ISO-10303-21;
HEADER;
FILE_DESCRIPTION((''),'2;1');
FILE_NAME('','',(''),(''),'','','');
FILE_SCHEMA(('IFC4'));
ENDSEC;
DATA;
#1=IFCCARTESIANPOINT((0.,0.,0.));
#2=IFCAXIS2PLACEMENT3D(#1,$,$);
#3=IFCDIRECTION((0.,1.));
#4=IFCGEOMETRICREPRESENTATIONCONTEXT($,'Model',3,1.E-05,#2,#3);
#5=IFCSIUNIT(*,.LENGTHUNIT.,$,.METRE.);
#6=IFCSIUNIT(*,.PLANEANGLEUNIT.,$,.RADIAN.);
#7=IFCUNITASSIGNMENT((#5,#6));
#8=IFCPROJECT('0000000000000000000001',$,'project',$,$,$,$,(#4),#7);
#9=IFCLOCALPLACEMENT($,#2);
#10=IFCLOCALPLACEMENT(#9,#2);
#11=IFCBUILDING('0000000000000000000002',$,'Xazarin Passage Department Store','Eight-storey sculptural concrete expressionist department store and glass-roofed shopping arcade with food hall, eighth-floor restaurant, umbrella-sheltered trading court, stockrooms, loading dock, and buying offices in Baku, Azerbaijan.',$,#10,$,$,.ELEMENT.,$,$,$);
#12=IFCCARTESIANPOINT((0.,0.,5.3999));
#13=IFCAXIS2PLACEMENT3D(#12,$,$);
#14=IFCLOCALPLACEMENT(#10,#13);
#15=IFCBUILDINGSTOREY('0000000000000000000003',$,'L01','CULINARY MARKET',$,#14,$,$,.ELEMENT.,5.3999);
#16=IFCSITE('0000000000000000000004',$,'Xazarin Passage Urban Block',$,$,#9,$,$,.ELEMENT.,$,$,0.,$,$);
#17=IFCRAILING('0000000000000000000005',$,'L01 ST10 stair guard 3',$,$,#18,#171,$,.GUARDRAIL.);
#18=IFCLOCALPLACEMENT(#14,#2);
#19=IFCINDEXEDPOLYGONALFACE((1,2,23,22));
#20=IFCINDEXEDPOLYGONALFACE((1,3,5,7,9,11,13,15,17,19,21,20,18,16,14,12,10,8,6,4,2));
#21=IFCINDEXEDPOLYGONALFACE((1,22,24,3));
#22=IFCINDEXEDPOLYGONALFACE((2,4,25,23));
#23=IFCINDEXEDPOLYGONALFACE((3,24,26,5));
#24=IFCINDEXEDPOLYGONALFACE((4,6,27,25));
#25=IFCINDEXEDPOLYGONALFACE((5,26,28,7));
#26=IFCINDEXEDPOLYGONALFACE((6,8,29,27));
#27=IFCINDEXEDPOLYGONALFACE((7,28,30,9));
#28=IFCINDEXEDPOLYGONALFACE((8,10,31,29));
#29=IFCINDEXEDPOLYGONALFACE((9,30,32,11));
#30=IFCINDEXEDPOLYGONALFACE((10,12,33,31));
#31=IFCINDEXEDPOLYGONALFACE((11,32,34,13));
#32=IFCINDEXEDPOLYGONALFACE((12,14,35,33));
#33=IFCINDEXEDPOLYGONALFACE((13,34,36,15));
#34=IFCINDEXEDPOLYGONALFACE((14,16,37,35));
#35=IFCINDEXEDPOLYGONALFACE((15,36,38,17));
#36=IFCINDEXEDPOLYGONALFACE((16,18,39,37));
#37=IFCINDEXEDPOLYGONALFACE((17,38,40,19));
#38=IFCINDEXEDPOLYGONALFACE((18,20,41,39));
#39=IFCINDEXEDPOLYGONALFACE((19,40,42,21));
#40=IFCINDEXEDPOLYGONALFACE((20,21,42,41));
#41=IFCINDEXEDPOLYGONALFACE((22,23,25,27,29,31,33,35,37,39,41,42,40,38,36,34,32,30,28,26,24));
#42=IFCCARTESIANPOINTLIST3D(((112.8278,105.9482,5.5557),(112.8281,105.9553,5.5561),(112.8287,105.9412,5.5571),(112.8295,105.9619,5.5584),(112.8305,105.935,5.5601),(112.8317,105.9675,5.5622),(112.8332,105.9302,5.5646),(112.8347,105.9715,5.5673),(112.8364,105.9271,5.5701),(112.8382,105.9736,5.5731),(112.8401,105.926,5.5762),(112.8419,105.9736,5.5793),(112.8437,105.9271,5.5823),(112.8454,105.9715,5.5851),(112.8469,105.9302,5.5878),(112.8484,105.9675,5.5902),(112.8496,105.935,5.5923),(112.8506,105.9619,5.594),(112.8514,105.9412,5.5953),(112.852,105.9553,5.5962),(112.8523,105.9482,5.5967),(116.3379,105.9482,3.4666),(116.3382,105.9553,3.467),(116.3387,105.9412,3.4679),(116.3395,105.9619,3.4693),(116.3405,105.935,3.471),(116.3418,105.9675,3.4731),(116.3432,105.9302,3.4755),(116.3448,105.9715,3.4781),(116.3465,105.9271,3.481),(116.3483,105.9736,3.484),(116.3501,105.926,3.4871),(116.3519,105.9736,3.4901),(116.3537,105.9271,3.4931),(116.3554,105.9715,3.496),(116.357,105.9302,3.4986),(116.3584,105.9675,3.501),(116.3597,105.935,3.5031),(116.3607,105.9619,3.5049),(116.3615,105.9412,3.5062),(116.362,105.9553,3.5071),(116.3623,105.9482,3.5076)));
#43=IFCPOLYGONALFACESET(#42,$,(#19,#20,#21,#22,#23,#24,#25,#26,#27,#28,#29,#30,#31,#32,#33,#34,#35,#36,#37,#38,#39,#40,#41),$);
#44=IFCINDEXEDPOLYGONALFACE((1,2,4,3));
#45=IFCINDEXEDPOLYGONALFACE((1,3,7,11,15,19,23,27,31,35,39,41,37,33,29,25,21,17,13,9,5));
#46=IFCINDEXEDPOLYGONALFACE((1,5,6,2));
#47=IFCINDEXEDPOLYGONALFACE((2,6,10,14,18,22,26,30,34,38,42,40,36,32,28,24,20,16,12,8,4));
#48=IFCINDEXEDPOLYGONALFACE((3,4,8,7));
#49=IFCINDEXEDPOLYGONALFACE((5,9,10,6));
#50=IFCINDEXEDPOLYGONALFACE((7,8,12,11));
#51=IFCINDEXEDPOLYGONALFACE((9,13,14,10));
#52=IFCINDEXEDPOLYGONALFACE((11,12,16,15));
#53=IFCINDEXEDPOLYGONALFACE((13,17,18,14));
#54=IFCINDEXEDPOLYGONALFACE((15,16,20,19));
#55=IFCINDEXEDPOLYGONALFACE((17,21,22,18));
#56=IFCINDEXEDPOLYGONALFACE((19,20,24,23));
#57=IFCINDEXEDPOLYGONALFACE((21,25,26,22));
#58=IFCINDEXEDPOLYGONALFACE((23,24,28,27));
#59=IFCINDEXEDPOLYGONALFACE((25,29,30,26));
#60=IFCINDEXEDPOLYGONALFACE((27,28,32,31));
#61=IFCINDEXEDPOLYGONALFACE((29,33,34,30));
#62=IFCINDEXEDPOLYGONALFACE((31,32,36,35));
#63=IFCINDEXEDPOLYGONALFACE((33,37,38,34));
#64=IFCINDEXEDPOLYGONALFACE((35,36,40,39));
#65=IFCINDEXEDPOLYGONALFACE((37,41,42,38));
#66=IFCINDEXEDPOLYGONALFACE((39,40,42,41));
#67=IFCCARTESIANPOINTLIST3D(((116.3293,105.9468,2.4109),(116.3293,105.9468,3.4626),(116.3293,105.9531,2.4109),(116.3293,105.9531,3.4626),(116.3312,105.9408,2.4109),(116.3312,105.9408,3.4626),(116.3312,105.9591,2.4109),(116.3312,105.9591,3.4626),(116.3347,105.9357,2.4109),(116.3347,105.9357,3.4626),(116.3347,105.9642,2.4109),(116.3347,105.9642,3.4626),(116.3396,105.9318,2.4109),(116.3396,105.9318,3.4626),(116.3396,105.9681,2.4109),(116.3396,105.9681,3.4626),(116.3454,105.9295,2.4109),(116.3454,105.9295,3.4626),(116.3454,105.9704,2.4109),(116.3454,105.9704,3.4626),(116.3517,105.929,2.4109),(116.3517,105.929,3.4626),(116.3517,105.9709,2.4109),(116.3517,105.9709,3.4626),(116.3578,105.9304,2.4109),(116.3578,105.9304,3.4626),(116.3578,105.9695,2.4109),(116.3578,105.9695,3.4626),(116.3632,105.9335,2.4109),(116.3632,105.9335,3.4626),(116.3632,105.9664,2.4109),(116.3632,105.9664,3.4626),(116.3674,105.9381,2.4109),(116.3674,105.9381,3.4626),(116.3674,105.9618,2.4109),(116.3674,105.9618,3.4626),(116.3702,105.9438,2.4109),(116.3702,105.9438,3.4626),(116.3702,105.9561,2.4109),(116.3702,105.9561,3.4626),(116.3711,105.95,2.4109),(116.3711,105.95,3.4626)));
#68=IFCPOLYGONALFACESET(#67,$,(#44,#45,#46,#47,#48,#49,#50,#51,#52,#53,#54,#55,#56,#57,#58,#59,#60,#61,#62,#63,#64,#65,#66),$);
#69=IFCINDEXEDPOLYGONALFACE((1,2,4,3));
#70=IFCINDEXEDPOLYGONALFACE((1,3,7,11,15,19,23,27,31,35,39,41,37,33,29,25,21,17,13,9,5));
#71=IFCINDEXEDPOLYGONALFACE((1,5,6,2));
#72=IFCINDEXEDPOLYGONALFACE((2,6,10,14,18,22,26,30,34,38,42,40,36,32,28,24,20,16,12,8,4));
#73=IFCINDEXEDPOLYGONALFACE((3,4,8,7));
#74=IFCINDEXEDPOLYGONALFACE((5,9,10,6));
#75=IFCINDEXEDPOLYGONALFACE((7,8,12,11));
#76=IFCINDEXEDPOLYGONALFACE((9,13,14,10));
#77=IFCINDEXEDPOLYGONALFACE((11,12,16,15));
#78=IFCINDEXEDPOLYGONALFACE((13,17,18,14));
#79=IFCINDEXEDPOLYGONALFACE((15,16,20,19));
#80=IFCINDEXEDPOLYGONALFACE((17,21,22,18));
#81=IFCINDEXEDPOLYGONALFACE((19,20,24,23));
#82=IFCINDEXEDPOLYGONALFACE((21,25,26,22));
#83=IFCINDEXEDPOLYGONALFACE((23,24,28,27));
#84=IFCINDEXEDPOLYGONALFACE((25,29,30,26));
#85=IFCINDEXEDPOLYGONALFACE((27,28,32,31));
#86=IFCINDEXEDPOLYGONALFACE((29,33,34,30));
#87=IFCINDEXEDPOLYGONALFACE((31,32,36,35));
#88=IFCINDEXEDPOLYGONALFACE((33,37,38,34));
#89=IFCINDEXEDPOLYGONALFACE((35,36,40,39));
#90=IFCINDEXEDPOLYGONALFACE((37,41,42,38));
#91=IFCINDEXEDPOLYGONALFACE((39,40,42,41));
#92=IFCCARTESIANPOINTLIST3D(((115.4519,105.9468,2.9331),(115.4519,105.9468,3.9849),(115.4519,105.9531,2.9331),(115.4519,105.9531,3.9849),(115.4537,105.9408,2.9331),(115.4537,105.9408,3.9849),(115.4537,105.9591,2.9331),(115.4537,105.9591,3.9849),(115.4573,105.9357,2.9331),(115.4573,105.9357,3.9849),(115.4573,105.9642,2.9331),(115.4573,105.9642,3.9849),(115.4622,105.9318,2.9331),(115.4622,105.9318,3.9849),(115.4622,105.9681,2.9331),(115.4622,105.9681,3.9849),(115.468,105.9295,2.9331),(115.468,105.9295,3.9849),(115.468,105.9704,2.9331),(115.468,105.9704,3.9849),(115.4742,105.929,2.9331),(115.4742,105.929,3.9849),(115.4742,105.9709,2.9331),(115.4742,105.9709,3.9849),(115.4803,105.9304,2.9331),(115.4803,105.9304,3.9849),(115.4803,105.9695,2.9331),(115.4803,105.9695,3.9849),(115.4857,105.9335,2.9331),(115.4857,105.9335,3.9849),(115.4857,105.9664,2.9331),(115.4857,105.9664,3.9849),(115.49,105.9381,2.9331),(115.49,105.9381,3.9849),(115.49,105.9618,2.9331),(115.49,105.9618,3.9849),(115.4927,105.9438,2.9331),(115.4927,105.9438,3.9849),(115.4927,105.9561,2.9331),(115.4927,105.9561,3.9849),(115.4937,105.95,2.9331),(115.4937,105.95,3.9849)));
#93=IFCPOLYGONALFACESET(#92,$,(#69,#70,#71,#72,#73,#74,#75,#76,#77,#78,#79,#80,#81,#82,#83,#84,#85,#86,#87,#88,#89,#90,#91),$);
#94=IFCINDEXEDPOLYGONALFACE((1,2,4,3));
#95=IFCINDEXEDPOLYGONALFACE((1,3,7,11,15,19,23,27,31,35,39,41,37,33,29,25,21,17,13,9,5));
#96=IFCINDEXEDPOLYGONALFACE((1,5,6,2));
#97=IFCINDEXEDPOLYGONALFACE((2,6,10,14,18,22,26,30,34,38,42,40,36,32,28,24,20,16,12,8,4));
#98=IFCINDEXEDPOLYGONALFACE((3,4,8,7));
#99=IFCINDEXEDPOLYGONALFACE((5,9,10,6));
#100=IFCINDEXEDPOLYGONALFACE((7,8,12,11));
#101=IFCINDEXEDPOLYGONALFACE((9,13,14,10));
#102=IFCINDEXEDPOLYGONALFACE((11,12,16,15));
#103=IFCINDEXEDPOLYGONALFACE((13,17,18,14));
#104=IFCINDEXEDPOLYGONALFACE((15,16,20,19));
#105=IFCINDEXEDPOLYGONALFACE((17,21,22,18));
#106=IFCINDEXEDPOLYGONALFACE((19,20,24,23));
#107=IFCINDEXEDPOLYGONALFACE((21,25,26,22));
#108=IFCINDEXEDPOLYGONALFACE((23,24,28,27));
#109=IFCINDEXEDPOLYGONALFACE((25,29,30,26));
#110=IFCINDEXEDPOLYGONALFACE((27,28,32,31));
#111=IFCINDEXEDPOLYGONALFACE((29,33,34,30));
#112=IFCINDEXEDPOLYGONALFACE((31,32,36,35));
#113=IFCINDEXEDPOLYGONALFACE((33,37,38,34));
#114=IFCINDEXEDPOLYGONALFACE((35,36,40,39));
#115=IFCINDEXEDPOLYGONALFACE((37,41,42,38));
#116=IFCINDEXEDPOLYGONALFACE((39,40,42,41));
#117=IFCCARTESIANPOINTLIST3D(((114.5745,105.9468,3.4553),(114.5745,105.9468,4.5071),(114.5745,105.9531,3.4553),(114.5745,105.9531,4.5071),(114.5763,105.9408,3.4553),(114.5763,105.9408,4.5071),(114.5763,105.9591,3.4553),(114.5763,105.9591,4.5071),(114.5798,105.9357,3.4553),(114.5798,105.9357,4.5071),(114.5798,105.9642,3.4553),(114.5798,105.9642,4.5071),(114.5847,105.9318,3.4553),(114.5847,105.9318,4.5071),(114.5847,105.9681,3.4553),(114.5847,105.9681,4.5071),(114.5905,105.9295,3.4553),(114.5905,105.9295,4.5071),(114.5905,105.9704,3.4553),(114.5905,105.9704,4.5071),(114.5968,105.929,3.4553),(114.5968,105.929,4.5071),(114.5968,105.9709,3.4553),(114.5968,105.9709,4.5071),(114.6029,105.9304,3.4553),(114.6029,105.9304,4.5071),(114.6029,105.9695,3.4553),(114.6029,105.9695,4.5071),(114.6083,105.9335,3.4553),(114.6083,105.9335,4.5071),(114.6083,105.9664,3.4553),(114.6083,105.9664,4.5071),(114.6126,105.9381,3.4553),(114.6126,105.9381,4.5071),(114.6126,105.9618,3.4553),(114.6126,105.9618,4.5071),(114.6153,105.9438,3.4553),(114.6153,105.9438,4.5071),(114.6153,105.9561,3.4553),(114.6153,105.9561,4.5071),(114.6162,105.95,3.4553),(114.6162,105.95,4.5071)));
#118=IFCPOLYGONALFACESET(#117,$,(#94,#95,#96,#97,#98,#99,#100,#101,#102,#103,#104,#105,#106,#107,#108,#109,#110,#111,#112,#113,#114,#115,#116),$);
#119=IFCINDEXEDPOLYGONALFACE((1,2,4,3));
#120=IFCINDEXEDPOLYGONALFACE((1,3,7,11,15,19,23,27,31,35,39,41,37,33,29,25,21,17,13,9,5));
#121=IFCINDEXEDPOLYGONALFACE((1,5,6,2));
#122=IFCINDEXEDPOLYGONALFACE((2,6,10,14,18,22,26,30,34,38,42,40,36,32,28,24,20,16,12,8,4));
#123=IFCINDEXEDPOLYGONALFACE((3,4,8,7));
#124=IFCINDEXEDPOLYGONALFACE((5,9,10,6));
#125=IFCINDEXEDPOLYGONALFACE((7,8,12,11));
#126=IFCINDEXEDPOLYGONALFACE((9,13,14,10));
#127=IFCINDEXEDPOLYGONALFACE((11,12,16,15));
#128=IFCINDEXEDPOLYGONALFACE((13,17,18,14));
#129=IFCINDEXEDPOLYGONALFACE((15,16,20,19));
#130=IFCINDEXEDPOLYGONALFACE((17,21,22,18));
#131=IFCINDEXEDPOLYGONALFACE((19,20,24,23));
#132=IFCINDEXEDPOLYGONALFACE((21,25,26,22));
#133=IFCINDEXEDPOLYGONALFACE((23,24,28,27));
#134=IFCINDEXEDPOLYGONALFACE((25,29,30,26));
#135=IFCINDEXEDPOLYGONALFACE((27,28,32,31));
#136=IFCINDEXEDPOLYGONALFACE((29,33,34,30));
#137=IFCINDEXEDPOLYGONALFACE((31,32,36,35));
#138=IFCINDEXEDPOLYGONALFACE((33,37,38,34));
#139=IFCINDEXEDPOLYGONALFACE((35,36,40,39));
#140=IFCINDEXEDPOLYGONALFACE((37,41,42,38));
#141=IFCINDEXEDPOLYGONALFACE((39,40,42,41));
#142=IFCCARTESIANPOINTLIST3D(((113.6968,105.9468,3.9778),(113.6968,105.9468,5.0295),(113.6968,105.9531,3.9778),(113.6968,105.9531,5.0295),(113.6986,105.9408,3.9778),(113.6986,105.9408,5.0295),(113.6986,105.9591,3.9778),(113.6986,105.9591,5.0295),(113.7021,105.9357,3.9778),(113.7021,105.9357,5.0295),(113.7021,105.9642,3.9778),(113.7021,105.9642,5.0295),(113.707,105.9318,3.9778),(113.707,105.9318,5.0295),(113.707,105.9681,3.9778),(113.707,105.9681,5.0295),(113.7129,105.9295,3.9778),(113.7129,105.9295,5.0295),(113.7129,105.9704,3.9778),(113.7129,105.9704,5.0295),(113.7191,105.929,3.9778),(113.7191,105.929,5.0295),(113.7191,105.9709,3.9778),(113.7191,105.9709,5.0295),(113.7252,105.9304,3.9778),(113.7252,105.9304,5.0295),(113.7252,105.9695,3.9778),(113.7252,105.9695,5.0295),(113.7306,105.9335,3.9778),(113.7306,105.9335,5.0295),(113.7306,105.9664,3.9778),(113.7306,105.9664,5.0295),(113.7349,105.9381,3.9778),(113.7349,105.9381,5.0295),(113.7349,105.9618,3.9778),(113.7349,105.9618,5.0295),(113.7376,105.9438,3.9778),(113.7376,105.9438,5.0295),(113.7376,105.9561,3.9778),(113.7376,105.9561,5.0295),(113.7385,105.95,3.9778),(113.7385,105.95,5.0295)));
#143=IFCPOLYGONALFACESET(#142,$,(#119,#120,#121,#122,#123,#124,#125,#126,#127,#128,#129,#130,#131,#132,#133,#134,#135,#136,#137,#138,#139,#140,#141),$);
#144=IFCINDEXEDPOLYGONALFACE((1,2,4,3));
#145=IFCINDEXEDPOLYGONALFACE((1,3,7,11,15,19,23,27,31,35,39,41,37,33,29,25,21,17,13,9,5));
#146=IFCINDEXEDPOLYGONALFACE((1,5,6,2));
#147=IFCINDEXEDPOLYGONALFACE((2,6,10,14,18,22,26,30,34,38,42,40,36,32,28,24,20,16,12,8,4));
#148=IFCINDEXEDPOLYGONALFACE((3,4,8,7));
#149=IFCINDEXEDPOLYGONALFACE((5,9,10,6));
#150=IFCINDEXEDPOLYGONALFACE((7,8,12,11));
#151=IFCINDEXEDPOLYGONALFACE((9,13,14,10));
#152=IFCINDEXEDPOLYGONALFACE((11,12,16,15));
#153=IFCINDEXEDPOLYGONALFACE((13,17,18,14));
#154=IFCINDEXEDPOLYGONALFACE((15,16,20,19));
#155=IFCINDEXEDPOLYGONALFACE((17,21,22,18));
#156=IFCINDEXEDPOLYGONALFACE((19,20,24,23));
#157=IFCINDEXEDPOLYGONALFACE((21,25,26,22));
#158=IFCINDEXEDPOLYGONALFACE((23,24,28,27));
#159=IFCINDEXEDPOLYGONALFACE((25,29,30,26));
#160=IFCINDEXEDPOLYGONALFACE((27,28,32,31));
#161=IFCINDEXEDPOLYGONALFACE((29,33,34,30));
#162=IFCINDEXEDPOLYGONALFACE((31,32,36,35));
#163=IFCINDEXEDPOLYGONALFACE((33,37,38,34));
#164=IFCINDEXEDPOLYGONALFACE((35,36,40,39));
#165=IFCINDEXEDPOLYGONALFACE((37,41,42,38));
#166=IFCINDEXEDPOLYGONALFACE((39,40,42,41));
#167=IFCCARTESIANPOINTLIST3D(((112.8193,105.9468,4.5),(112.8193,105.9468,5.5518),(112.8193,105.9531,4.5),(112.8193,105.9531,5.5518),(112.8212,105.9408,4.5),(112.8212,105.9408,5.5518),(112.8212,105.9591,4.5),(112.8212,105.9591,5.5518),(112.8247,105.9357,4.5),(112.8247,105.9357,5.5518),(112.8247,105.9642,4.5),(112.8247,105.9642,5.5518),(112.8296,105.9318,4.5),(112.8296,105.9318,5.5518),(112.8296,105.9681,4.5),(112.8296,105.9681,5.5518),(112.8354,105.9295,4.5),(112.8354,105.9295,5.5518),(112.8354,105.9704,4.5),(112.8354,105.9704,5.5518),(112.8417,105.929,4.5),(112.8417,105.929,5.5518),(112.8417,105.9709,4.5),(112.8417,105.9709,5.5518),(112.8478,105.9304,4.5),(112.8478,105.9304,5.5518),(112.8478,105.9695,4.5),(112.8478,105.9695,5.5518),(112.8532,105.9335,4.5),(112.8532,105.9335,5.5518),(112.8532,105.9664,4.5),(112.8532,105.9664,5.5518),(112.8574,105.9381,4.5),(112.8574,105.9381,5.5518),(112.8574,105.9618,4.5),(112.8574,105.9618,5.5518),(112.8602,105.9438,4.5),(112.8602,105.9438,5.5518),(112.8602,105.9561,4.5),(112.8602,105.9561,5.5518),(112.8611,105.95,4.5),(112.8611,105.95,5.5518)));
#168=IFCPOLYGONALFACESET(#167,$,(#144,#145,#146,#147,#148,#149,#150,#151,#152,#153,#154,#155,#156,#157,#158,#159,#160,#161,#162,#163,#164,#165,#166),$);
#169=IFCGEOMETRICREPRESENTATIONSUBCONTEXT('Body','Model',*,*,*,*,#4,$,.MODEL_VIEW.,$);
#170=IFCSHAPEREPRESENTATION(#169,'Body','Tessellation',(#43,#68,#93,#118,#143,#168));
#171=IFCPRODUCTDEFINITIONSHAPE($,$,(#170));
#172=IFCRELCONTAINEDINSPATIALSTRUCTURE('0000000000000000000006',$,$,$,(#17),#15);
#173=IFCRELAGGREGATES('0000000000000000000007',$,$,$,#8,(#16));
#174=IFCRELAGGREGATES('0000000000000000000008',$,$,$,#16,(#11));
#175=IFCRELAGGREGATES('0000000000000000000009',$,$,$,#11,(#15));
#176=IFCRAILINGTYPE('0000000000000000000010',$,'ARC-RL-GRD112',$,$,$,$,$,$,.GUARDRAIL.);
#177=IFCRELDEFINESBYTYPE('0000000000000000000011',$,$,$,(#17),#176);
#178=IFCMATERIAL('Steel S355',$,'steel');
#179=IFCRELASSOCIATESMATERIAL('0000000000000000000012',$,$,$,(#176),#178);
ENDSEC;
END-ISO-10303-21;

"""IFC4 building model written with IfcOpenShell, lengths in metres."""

from ifc_helpers import new_model, si_unit, direction, frame, origin, origin_2d, place, context, subcontext, project, spatial, circle, extrude, material, type_object, element, save


model = new_model("IFC4")

# Units and contexts
model_context = context("Model", 3, precision=1e-05, world=origin(), true_north=direction((0.0, 1.0)))
body_context = subcontext(model_context, "Body", "Model", "MODEL_VIEW")
ifc_project = project(units=[si_unit("LENGTHUNIT", "METRE"), si_unit("PLANEANGLEUNIT", "RADIAN")], contexts=[model_context])

# Site, building, storey
site_placement = place(None, origin())
site = spatial("IfcSite", under=ifc_project, at=site_placement, Name="Xazarin Passage Urban Block", CompositionType="ELEMENT", RefElevation=0.0)
building_placement = place(site_placement, origin())
building = spatial("IfcBuilding", under=site, at=building_placement, Name="Xazarin Passage Department Store", Description="Eight-storey sculptural concrete expressionist department store and glass-roofed shopping arcade with food hall, eighth-floor restaurant, umbrella-sheltered trading court, stockrooms, loading dock, and buying offices in Baku, Azerbaijan.", CompositionType="ELEMENT")
storey_placement = place(building_placement, frame((0.0, 0.0, 5.3999)))
storey = spatial("IfcBuildingStorey", under=building, at=storey_placement, Name="L01", Description="CULINARY MARKET", CompositionType="ELEMENT", Elevation=5.3999)

# Shared definitions
ifc_material_1 = material(Name="Steel S355", Category="steel")

# Railing
railing_type_1 = type_object("IfcRailingType", Name="ARC-RL-GRD112", PredefinedType="GUARDRAIL", material=ifc_material_1)
railing_1_placement = place(storey_placement, frame((116.3501, 105.95, 2.4109)))
element("IfcRailing", 1, at=railing_1_placement, inside=storey, type_object=railing_type_1, Name="L01 ST10 stair guard 3", PredefinedType="GUARDRAIL", context=body_context, shape_type="SweptSolid", body=[
    extrude(circle(Radius=0.0239, at=origin_2d()), frame((0.0, 0.0, 1.0762), z_axis=(-0.859312, 0.0, 0.511451), x_axis=(0.0, -1.0, 0.0)), (0.0, 0.0, 1.0), 4.0847),
    extrude(circle(Radius=0.021, at=origin_2d()), origin(), (0.0, 0.0, 1.0), 1.0518),
    extrude(circle(Radius=0.021, at=origin_2d()), frame((-0.8774, 0.0, 0.5222)), (0.0, 0.0, 1.0), 1.0518),
    extrude(circle(Radius=0.021, at=origin_2d()), frame((-1.7549, 0.0, 1.0444)), (0.0, 0.0, 1.0), 1.0518),
    extrude(circle(Radius=0.021, at=origin_2d()), frame((-2.6326, 0.0, 1.5669)), (0.0, 0.0, 1.0), 1.0518),
    extrude(circle(Radius=0.021, at=origin_2d()), frame((-3.51, 0.0, 2.0891)), (0.0, 0.0, 1.0), 1.0518),
])

save(model, "model.ifc")
